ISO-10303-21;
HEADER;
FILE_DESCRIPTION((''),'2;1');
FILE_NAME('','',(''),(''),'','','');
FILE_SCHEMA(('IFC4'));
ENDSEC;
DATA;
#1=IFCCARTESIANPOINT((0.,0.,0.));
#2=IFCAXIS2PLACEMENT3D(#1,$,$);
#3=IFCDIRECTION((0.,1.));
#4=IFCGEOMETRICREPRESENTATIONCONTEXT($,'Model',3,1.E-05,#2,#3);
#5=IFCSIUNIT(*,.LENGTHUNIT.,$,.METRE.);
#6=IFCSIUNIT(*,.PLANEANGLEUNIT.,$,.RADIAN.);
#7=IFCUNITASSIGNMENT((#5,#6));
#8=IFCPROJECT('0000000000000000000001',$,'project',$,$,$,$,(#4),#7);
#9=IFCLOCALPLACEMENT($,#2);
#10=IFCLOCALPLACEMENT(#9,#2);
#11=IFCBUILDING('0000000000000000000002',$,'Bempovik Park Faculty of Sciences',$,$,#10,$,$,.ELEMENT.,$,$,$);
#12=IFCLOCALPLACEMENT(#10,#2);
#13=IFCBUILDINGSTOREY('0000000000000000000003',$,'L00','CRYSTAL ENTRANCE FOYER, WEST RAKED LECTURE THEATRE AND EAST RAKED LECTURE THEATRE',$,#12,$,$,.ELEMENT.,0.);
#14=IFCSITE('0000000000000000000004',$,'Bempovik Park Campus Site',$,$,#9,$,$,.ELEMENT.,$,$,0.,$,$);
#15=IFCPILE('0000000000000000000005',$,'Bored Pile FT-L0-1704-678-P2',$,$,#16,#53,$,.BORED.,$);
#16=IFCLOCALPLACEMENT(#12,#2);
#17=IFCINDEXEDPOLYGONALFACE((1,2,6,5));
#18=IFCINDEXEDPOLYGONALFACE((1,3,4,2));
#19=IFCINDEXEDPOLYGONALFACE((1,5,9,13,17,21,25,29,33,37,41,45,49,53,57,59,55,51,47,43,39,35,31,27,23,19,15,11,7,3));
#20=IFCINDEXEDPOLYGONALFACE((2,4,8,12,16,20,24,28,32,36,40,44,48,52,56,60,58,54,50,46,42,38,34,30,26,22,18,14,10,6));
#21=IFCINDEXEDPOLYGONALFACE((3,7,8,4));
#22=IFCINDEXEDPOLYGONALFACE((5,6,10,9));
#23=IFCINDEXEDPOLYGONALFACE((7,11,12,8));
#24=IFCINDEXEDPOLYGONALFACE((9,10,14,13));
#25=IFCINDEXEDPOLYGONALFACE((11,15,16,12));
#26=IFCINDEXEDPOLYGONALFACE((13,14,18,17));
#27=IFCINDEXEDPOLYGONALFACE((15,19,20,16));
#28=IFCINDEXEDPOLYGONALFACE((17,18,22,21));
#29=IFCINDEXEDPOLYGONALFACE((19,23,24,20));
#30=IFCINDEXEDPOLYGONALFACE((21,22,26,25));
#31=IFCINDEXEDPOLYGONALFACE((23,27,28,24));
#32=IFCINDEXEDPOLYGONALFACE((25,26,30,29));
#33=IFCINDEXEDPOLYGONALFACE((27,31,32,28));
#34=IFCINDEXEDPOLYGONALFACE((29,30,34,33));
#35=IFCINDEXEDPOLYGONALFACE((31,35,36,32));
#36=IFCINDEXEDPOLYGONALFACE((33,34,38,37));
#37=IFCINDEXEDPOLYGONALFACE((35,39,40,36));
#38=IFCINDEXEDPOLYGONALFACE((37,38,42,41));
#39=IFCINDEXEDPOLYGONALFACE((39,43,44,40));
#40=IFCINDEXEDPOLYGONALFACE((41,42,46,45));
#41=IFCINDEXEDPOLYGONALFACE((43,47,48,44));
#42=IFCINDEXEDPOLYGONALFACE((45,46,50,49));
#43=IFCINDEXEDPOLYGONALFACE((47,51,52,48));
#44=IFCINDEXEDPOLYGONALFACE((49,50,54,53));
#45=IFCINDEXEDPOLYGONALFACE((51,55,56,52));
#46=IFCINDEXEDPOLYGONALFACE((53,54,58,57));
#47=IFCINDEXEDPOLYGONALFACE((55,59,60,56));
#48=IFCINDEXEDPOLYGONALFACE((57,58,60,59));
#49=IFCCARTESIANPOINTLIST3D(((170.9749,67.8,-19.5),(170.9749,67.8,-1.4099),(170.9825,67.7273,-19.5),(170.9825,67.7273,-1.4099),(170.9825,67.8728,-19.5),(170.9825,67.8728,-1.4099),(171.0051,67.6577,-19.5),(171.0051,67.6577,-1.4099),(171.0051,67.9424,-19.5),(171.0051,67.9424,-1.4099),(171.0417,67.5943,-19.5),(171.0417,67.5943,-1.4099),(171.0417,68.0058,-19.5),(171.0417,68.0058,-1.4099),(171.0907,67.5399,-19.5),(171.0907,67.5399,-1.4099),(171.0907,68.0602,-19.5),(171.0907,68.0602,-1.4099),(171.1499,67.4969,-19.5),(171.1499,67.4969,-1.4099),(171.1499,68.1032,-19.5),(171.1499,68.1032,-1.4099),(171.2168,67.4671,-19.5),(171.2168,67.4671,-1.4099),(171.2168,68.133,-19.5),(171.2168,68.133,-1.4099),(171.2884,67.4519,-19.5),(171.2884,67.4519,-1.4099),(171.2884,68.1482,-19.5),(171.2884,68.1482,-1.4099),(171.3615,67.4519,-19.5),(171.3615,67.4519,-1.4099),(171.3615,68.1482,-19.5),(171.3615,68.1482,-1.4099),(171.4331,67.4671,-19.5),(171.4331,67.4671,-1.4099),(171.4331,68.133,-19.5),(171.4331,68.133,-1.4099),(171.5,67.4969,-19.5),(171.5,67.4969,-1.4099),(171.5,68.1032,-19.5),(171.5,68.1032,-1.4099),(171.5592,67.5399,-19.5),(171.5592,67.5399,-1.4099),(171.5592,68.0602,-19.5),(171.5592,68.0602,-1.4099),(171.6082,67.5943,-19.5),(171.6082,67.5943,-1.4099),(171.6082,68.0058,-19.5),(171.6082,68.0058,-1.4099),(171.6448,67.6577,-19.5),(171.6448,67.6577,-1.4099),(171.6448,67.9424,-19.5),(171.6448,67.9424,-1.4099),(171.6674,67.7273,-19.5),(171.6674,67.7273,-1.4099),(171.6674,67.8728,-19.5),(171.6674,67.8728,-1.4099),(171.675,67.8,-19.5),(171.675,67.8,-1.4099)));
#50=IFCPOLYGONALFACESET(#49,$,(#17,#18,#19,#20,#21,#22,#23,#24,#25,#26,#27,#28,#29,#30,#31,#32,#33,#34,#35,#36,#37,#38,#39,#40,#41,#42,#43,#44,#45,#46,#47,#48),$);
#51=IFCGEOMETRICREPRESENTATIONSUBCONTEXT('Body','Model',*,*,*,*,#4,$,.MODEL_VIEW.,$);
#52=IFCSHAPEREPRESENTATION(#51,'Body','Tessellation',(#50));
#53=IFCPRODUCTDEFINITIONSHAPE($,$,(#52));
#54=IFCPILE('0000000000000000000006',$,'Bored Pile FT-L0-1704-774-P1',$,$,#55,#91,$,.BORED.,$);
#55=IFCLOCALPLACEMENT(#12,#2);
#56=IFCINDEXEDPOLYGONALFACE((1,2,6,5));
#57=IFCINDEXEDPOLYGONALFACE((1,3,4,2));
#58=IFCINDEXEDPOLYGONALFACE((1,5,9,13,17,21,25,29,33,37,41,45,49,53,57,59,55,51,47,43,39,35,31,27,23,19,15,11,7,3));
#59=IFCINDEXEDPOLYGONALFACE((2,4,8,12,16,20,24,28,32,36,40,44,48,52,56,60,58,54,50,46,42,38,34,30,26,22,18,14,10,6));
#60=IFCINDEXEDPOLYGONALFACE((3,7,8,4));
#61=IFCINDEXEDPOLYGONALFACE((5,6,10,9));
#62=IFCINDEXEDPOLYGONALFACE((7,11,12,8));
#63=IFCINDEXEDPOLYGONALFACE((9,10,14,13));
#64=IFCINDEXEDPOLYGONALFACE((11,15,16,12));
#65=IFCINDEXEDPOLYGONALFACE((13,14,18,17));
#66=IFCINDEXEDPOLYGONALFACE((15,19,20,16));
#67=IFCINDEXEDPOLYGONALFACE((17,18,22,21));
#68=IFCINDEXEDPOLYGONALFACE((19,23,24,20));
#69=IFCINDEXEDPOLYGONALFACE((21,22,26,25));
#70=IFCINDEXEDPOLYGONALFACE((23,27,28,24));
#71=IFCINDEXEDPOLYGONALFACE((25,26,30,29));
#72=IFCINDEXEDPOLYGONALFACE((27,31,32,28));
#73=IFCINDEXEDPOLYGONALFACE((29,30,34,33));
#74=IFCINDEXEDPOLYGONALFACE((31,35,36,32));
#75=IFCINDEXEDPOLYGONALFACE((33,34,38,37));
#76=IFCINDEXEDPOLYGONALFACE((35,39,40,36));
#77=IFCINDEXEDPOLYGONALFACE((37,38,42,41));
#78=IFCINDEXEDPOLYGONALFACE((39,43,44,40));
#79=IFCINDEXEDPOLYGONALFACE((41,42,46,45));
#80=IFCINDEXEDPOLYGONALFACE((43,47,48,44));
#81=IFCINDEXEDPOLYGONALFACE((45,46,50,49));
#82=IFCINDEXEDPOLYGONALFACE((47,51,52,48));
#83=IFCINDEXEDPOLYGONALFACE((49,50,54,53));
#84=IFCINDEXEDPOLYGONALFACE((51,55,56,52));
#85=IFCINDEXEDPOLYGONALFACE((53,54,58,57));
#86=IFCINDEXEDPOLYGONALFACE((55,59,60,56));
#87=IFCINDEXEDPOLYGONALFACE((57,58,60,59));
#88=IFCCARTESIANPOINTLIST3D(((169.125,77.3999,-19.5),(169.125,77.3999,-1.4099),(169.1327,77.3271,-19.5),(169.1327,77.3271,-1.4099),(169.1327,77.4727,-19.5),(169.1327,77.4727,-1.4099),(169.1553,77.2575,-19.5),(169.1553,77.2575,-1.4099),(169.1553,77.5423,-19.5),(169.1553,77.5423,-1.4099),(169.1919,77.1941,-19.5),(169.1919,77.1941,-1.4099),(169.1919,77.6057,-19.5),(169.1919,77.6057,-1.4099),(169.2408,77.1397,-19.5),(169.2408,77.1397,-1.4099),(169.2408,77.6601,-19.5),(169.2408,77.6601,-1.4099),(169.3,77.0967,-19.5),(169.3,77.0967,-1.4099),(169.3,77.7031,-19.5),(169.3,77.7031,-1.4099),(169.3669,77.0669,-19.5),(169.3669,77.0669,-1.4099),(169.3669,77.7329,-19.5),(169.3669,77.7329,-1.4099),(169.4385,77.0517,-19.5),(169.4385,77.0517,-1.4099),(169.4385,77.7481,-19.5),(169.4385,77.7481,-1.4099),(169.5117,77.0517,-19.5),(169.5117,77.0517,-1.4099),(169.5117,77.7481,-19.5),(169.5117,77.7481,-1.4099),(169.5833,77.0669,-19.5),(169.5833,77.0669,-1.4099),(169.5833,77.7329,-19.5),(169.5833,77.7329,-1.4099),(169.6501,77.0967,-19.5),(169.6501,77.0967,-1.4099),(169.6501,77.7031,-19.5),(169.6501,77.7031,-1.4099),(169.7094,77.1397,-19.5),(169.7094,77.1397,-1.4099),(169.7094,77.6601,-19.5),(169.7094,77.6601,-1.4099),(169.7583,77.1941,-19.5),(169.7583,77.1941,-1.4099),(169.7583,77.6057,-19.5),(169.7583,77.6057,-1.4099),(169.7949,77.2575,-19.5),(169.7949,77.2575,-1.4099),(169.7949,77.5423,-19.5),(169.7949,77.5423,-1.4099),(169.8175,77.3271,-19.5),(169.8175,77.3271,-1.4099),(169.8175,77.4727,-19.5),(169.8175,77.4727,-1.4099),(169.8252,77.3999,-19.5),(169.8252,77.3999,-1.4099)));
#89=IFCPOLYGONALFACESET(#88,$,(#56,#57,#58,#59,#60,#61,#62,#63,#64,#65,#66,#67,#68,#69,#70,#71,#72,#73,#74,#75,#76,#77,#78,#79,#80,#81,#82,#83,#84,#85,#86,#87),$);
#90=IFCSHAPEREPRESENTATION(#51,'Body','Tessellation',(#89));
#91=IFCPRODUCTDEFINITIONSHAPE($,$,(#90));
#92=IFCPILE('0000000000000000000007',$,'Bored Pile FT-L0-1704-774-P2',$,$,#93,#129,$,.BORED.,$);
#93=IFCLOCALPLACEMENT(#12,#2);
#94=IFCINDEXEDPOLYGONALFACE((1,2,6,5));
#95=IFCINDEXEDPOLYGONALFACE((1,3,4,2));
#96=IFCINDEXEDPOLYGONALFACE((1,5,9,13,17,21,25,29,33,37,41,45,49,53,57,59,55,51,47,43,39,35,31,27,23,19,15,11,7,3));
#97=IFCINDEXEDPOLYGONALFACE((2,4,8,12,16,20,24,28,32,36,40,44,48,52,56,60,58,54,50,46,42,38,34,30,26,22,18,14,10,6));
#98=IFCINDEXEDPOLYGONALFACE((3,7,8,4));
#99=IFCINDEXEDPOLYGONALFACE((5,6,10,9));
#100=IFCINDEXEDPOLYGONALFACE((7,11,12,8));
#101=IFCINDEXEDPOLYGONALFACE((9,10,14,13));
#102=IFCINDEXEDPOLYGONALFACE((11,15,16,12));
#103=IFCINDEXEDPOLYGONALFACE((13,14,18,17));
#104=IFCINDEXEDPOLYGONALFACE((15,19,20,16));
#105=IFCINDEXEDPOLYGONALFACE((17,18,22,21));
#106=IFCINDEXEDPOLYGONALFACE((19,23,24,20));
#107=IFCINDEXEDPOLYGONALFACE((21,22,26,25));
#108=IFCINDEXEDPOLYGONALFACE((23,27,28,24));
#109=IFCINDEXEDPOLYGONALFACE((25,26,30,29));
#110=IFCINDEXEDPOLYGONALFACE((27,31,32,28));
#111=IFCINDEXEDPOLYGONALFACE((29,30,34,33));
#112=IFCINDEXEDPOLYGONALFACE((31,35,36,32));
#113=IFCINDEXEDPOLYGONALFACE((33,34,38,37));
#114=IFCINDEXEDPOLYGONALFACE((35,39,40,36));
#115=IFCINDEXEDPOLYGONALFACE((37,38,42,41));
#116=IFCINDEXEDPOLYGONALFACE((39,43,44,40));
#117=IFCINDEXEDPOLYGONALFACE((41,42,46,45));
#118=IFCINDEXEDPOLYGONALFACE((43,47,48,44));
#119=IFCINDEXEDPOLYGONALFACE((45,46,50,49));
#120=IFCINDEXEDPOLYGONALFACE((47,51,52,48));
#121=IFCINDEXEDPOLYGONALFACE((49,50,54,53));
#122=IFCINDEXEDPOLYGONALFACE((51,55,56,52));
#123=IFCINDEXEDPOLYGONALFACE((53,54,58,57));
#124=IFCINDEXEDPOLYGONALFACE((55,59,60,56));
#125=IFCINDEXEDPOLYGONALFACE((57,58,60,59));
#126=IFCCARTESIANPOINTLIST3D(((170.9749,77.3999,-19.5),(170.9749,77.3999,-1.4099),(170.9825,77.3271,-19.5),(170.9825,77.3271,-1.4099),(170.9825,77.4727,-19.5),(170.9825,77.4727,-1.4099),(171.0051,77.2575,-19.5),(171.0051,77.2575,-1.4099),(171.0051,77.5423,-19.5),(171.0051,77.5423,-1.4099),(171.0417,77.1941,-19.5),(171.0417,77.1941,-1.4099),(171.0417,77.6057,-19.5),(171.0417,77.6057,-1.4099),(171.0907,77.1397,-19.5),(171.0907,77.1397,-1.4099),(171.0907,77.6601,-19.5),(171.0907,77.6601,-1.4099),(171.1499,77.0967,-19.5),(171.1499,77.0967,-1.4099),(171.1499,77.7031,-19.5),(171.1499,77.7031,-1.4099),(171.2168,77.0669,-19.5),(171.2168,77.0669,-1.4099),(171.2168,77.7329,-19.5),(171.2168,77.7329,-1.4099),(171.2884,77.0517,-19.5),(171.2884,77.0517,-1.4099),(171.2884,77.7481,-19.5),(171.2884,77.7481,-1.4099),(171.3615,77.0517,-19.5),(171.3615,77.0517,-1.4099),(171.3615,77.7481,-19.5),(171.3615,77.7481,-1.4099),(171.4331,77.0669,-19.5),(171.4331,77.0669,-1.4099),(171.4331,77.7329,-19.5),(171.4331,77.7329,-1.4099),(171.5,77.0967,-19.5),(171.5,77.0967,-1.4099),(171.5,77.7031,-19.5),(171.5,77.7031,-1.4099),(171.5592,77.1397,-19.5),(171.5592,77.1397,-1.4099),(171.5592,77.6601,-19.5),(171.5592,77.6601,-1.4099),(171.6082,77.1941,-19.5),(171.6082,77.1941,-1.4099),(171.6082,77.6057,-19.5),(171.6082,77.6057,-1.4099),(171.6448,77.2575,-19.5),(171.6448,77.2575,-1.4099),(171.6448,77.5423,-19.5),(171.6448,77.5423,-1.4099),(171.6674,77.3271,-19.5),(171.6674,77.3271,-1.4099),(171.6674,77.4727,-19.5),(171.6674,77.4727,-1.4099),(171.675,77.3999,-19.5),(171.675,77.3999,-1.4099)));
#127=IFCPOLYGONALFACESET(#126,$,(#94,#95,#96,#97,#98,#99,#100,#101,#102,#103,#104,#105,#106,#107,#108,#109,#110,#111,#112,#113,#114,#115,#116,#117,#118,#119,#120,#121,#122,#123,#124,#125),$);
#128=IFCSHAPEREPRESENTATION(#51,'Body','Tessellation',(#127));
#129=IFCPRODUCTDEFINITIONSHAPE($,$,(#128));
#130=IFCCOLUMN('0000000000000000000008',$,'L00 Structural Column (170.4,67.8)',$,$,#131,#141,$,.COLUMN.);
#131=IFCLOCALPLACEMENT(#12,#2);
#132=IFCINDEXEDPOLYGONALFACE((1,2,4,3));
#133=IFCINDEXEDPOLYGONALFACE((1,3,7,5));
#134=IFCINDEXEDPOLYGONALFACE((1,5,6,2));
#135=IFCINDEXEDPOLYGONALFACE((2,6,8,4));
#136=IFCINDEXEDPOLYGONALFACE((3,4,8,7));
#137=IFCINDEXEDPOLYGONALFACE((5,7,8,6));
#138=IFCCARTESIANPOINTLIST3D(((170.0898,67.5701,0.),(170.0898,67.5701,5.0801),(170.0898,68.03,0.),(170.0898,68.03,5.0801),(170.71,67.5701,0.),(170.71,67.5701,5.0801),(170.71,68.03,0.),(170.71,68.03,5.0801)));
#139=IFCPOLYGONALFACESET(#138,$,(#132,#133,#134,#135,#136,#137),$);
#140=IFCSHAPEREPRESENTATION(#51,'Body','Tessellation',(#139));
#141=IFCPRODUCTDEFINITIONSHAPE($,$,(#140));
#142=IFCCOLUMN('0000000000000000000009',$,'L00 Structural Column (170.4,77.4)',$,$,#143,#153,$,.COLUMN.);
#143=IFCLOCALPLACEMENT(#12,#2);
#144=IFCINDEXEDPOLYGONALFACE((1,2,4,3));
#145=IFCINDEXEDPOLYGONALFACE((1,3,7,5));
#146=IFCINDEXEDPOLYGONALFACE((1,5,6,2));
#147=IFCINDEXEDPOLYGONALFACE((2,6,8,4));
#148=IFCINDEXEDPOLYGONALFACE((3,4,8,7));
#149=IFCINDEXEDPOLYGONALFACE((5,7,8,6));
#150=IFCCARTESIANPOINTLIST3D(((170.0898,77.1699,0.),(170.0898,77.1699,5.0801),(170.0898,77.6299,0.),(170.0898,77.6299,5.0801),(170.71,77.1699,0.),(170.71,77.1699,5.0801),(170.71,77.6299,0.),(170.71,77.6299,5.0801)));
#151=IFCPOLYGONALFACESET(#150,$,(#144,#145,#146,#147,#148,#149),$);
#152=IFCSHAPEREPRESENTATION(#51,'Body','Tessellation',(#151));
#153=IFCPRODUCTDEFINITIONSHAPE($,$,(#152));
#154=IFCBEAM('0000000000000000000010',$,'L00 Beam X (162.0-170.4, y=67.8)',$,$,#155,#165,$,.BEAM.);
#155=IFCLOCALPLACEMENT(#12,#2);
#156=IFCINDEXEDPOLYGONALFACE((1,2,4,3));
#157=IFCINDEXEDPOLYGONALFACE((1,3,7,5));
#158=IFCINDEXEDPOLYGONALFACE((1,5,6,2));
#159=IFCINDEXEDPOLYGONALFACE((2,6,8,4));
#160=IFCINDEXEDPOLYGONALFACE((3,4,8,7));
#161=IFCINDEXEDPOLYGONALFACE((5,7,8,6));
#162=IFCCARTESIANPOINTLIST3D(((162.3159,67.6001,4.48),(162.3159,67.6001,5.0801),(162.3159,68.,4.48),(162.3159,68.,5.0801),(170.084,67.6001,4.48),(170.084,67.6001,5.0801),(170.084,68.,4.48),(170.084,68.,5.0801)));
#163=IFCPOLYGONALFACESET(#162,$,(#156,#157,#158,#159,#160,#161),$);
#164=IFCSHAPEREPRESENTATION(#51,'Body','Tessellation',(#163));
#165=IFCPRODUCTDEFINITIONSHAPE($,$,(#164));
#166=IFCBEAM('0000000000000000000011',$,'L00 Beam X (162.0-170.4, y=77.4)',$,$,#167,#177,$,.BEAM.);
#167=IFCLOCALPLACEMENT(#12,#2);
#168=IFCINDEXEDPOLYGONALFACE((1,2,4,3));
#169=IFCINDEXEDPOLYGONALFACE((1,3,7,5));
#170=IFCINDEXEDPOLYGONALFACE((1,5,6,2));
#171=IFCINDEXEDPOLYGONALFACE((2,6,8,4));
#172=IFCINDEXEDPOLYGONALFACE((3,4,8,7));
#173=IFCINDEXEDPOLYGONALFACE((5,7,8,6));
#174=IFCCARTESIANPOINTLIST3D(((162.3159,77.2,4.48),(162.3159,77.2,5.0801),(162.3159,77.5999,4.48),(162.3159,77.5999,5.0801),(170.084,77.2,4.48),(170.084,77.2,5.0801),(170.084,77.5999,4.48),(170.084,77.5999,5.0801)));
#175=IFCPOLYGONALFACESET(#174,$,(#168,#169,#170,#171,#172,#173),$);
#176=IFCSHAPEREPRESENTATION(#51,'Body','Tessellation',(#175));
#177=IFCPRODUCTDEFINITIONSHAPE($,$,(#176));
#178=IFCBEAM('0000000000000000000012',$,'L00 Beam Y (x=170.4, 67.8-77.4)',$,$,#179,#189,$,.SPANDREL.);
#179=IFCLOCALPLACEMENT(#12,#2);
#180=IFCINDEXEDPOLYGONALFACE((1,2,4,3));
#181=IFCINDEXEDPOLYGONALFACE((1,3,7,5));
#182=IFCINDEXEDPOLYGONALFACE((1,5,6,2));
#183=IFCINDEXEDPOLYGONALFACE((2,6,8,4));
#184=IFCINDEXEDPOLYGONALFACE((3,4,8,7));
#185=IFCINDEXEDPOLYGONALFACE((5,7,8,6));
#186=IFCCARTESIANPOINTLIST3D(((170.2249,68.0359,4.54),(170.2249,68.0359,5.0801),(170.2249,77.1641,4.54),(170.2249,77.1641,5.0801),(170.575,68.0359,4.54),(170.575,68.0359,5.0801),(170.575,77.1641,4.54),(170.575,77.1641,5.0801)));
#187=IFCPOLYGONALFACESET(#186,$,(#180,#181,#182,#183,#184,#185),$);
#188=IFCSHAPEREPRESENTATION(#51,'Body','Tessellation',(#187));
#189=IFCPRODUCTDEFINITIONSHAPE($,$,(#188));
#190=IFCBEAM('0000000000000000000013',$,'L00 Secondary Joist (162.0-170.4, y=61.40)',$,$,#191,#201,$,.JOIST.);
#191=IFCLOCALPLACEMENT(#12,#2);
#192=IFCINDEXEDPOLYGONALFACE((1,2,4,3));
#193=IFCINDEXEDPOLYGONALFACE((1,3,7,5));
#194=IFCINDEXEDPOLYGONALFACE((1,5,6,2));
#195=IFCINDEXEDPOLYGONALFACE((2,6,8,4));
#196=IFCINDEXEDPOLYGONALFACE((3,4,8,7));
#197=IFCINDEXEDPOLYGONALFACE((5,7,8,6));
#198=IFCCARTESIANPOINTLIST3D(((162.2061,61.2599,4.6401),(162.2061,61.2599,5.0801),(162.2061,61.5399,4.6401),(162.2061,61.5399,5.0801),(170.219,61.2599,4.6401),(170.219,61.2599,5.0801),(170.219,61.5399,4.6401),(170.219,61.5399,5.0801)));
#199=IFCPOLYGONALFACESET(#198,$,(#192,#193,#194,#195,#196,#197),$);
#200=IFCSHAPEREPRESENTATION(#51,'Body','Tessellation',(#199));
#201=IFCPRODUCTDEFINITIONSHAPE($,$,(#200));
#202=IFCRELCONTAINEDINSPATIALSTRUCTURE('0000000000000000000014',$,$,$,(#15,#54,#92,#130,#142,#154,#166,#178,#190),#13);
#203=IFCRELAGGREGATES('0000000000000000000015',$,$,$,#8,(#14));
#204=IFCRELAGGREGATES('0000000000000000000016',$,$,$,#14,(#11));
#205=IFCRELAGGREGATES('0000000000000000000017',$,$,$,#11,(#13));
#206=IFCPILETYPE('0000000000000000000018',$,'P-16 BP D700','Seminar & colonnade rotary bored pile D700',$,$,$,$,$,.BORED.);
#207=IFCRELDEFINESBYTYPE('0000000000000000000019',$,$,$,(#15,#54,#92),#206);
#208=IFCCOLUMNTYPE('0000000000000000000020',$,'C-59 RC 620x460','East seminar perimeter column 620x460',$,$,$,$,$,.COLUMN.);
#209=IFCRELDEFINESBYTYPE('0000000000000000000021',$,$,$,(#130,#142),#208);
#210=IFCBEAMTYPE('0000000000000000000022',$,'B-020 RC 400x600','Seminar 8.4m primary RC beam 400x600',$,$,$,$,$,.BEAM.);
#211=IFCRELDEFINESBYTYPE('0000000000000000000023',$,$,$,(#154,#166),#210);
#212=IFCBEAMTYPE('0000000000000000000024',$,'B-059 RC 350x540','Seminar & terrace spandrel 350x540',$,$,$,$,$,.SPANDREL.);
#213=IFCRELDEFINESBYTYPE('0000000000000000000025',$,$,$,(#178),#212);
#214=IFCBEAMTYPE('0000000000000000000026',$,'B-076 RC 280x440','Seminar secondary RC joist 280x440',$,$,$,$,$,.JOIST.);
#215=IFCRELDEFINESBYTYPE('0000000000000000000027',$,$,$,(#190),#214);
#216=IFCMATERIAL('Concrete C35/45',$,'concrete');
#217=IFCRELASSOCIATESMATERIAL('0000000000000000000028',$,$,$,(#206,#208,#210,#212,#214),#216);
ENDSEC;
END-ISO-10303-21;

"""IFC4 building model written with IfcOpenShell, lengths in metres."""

from ifc_helpers import new_model, si_unit, direction, frame, origin, origin_2d, place, context, subcontext, project, spatial, rectangle, circle, extrude, material, material_profile, profile_set, type_object, element, save


model = new_model("IFC4")

# Units and contexts
model_context = context("Model", 3, precision=1e-05, world=origin(), true_north=direction((0.0, 1.0)))
body_context = subcontext(model_context, "Body", "Model", "MODEL_VIEW")
ifc_project = project(units=[si_unit("LENGTHUNIT", "METRE"), si_unit("PLANEANGLEUNIT", "RADIAN")], contexts=[model_context])

# Site, building, storey
site_placement = place(None, origin())
site = spatial("IfcSite", under=ifc_project, at=site_placement, Name="Bempovik Park Campus Site", CompositionType="ELEMENT", RefElevation=0.0)
building_placement = place(site_placement, origin())
building = spatial("IfcBuilding", under=site, at=building_placement, Name="Bempovik Park Faculty of Sciences", CompositionType="ELEMENT")
storey_placement = place(building_placement, origin())
storey = spatial("IfcBuildingStorey", under=building, at=storey_placement, Name="L00", Description="CRYSTAL ENTRANCE FOYER, WEST RAKED LECTURE THEATRE AND EAST RAKED LECTURE THEATRE", CompositionType="ELEMENT", Elevation=0.0)

# Shared definitions
ifc_material_1 = material(Name="Concrete C35/45", Category="concrete")

# Piles
ifc_material_profile_1 = material_profile(ifc_material_1, circle(Radius=0.3501, at=origin_2d()), Name="BP D700")
ifc_profile_set_1 = profile_set([ifc_material_profile_1], Name="Concrete C35/45")
pile_type = type_object("IfcPileType", Name="P-16 BP D700", Description="Seminar & colonnade rotary bored pile D700", PredefinedType="BORED", material=ifc_profile_set_1)
for number, where, z_axis, x_axis, name in (
    (1, (171.325, 67.8, -1.4099), (0.0, 0.0, -1.0), (1.0, 0.0, 0.0), "Bored Pile FT-L0-1704-678-P2"),
    (2, (169.4751, 77.3999, -1.4099), (0.0, 0.0, -1.0), (1.0, 0.0, 0.0), "Bored Pile FT-L0-1704-774-P1"),
    (3, (171.325, 77.3999, -1.4099), (0.0, 0.0, -1.0), (1.0, 0.0, 0.0), "Bored Pile FT-L0-1704-774-P2"),
):
    element("IfcPile", number, at=place(storey_placement, frame(where, z_axis=z_axis, x_axis=x_axis)), inside=storey, type_object=pile_type, Name=name, PredefinedType="BORED", context=body_context, shape_type="SweptSolid", body=[
        extrude(circle(Radius=0.3501, at=origin_2d()), origin(), (0.0, 0.0, 1.0), 18.0901),
    ])

# Columns
ifc_material_profile_2 = material_profile(ifc_material_1, rectangle(XDim=0.6201, YDim=0.46, at=origin_2d()), Name="RC 620x460")
ifc_profile_set_2 = profile_set([ifc_material_profile_2], Name="Concrete C35/45")
column_type = type_object("IfcColumnType", Name="C-59 RC 620x460", Description="East seminar perimeter column 620x460", PredefinedType="COLUMN", material=ifc_profile_set_2)
for number, where, z_axis, x_axis, name in (
    (4, (170.3999, 67.8, 0.0), (0.0, 0.0, 1.0), (1.0, 0.0, 0.0), "L00 Structural Column (170.4,67.8)"),
    (5, (170.3999, 77.3999, 0.0), (0.0, 0.0, 1.0), (1.0, 0.0, 0.0), "L00 Structural Column (170.4,77.4)"),
):
    element("IfcColumn", number, at=place(storey_placement, frame(where, z_axis=z_axis, x_axis=x_axis)), inside=storey, type_object=column_type, Name=name, PredefinedType="COLUMN", context=body_context, shape_type="SweptSolid", body=[
        extrude(rectangle(XDim=0.6201, YDim=0.46, at=origin_2d()), origin(), (0.0, 0.0, 1.0), 5.0801),
    ])

# Beams
ifc_material_profile_3 = material_profile(ifc_material_1, rectangle(XDim=0.3999, YDim=0.6001, at=origin_2d()), Name="RC 400x600")
ifc_profile_set_3 = profile_set([ifc_material_profile_3], Name="Concrete C35/45")
beam_type_1 = type_object("IfcBeamType", Name="B-020 RC 400x600", Description="Seminar 8.4m primary RC beam 400x600", PredefinedType="BEAM", material=ifc_profile_set_3)
for number, where, z_axis, x_axis, name in (
    (6, (162.3159, 67.8, 4.78), (1.0, 0.0, 0.0), (0.0, 1.0, 0.0), "L00 Beam X (162.0-170.4, y=67.8)"),
    (7, (162.3159, 77.3999, 4.78), (1.0, 0.0, 0.0), (0.0, 1.0, 0.0), "L00 Beam X (162.0-170.4, y=77.4)"),
):
    element("IfcBeam", number, at=place(storey_placement, frame(where, z_axis=z_axis, x_axis=x_axis)), inside=storey, type_object=beam_type_1, Name=name, PredefinedType="BEAM", context=body_context, shape_type="SweptSolid", body=[
        extrude(rectangle(XDim=0.3999, YDim=0.6001, at=origin_2d()), origin(), (0.0, 0.0, 1.0), 7.7681),
    ])
ifc_material_profile_4 = material_profile(ifc_material_1, rectangle(XDim=0.3501, YDim=0.54, at=origin_2d()), Name="RC 350x540")
ifc_profile_set_4 = profile_set([ifc_material_profile_4], Name="Concrete C35/45")
beam_type_2 = type_object("IfcBeamType", Name="B-059 RC 350x540", Description="Seminar & terrace spandrel 350x540", PredefinedType="SPANDREL", material=ifc_profile_set_4)
beam_placement = place(storey_placement, frame((170.3999, 68.0359, 4.8101), z_axis=(0.0, 1.0, 0.0), x_axis=(-1.0, 0.0, 0.0)))
element("IfcBeam", 8, at=beam_placement, inside=storey, type_object=beam_type_2, Name="L00 Beam Y (x=170.4, 67.8-77.4)", PredefinedType="SPANDREL", context=body_context, shape_type="SweptSolid", body=[
    extrude(rectangle(XDim=0.3501, YDim=0.54, at=origin_2d()), origin(), (0.0, 0.0, 1.0), 9.1282),
])
ifc_material_profile_5 = material_profile(ifc_material_1, rectangle(XDim=0.28, YDim=0.4399, at=origin_2d()), Name="RC 280x440")
ifc_profile_set_5 = profile_set([ifc_material_profile_5], Name="Concrete C35/45")
beam_type_3 = type_object("IfcBeamType", Name="B-076 RC 280x440", Description="Seminar secondary RC joist 280x440", PredefinedType="JOIST", material=ifc_profile_set_5)
for number, where, z_axis, x_axis, name in (
    (9, (162.2061, 61.3999, 4.8601), (1.0, 0.0, 0.0), (0.0, 1.0, 0.0), "L00 Secondary Joist (162.0-170.4, y=61.40)"),
):
    element("IfcBeam", number, at=place(storey_placement, frame(where, z_axis=z_axis, x_axis=x_axis)), inside=storey, type_object=beam_type_3, Name=name, PredefinedType="JOIST", context=body_context, shape_type="SweptSolid", body=[
        extrude(rectangle(XDim=0.28, YDim=0.4399, at=origin_2d()), origin(), (0.0, 0.0, 1.0), 8.0129),
    ])

save(model, "model.ifc")
